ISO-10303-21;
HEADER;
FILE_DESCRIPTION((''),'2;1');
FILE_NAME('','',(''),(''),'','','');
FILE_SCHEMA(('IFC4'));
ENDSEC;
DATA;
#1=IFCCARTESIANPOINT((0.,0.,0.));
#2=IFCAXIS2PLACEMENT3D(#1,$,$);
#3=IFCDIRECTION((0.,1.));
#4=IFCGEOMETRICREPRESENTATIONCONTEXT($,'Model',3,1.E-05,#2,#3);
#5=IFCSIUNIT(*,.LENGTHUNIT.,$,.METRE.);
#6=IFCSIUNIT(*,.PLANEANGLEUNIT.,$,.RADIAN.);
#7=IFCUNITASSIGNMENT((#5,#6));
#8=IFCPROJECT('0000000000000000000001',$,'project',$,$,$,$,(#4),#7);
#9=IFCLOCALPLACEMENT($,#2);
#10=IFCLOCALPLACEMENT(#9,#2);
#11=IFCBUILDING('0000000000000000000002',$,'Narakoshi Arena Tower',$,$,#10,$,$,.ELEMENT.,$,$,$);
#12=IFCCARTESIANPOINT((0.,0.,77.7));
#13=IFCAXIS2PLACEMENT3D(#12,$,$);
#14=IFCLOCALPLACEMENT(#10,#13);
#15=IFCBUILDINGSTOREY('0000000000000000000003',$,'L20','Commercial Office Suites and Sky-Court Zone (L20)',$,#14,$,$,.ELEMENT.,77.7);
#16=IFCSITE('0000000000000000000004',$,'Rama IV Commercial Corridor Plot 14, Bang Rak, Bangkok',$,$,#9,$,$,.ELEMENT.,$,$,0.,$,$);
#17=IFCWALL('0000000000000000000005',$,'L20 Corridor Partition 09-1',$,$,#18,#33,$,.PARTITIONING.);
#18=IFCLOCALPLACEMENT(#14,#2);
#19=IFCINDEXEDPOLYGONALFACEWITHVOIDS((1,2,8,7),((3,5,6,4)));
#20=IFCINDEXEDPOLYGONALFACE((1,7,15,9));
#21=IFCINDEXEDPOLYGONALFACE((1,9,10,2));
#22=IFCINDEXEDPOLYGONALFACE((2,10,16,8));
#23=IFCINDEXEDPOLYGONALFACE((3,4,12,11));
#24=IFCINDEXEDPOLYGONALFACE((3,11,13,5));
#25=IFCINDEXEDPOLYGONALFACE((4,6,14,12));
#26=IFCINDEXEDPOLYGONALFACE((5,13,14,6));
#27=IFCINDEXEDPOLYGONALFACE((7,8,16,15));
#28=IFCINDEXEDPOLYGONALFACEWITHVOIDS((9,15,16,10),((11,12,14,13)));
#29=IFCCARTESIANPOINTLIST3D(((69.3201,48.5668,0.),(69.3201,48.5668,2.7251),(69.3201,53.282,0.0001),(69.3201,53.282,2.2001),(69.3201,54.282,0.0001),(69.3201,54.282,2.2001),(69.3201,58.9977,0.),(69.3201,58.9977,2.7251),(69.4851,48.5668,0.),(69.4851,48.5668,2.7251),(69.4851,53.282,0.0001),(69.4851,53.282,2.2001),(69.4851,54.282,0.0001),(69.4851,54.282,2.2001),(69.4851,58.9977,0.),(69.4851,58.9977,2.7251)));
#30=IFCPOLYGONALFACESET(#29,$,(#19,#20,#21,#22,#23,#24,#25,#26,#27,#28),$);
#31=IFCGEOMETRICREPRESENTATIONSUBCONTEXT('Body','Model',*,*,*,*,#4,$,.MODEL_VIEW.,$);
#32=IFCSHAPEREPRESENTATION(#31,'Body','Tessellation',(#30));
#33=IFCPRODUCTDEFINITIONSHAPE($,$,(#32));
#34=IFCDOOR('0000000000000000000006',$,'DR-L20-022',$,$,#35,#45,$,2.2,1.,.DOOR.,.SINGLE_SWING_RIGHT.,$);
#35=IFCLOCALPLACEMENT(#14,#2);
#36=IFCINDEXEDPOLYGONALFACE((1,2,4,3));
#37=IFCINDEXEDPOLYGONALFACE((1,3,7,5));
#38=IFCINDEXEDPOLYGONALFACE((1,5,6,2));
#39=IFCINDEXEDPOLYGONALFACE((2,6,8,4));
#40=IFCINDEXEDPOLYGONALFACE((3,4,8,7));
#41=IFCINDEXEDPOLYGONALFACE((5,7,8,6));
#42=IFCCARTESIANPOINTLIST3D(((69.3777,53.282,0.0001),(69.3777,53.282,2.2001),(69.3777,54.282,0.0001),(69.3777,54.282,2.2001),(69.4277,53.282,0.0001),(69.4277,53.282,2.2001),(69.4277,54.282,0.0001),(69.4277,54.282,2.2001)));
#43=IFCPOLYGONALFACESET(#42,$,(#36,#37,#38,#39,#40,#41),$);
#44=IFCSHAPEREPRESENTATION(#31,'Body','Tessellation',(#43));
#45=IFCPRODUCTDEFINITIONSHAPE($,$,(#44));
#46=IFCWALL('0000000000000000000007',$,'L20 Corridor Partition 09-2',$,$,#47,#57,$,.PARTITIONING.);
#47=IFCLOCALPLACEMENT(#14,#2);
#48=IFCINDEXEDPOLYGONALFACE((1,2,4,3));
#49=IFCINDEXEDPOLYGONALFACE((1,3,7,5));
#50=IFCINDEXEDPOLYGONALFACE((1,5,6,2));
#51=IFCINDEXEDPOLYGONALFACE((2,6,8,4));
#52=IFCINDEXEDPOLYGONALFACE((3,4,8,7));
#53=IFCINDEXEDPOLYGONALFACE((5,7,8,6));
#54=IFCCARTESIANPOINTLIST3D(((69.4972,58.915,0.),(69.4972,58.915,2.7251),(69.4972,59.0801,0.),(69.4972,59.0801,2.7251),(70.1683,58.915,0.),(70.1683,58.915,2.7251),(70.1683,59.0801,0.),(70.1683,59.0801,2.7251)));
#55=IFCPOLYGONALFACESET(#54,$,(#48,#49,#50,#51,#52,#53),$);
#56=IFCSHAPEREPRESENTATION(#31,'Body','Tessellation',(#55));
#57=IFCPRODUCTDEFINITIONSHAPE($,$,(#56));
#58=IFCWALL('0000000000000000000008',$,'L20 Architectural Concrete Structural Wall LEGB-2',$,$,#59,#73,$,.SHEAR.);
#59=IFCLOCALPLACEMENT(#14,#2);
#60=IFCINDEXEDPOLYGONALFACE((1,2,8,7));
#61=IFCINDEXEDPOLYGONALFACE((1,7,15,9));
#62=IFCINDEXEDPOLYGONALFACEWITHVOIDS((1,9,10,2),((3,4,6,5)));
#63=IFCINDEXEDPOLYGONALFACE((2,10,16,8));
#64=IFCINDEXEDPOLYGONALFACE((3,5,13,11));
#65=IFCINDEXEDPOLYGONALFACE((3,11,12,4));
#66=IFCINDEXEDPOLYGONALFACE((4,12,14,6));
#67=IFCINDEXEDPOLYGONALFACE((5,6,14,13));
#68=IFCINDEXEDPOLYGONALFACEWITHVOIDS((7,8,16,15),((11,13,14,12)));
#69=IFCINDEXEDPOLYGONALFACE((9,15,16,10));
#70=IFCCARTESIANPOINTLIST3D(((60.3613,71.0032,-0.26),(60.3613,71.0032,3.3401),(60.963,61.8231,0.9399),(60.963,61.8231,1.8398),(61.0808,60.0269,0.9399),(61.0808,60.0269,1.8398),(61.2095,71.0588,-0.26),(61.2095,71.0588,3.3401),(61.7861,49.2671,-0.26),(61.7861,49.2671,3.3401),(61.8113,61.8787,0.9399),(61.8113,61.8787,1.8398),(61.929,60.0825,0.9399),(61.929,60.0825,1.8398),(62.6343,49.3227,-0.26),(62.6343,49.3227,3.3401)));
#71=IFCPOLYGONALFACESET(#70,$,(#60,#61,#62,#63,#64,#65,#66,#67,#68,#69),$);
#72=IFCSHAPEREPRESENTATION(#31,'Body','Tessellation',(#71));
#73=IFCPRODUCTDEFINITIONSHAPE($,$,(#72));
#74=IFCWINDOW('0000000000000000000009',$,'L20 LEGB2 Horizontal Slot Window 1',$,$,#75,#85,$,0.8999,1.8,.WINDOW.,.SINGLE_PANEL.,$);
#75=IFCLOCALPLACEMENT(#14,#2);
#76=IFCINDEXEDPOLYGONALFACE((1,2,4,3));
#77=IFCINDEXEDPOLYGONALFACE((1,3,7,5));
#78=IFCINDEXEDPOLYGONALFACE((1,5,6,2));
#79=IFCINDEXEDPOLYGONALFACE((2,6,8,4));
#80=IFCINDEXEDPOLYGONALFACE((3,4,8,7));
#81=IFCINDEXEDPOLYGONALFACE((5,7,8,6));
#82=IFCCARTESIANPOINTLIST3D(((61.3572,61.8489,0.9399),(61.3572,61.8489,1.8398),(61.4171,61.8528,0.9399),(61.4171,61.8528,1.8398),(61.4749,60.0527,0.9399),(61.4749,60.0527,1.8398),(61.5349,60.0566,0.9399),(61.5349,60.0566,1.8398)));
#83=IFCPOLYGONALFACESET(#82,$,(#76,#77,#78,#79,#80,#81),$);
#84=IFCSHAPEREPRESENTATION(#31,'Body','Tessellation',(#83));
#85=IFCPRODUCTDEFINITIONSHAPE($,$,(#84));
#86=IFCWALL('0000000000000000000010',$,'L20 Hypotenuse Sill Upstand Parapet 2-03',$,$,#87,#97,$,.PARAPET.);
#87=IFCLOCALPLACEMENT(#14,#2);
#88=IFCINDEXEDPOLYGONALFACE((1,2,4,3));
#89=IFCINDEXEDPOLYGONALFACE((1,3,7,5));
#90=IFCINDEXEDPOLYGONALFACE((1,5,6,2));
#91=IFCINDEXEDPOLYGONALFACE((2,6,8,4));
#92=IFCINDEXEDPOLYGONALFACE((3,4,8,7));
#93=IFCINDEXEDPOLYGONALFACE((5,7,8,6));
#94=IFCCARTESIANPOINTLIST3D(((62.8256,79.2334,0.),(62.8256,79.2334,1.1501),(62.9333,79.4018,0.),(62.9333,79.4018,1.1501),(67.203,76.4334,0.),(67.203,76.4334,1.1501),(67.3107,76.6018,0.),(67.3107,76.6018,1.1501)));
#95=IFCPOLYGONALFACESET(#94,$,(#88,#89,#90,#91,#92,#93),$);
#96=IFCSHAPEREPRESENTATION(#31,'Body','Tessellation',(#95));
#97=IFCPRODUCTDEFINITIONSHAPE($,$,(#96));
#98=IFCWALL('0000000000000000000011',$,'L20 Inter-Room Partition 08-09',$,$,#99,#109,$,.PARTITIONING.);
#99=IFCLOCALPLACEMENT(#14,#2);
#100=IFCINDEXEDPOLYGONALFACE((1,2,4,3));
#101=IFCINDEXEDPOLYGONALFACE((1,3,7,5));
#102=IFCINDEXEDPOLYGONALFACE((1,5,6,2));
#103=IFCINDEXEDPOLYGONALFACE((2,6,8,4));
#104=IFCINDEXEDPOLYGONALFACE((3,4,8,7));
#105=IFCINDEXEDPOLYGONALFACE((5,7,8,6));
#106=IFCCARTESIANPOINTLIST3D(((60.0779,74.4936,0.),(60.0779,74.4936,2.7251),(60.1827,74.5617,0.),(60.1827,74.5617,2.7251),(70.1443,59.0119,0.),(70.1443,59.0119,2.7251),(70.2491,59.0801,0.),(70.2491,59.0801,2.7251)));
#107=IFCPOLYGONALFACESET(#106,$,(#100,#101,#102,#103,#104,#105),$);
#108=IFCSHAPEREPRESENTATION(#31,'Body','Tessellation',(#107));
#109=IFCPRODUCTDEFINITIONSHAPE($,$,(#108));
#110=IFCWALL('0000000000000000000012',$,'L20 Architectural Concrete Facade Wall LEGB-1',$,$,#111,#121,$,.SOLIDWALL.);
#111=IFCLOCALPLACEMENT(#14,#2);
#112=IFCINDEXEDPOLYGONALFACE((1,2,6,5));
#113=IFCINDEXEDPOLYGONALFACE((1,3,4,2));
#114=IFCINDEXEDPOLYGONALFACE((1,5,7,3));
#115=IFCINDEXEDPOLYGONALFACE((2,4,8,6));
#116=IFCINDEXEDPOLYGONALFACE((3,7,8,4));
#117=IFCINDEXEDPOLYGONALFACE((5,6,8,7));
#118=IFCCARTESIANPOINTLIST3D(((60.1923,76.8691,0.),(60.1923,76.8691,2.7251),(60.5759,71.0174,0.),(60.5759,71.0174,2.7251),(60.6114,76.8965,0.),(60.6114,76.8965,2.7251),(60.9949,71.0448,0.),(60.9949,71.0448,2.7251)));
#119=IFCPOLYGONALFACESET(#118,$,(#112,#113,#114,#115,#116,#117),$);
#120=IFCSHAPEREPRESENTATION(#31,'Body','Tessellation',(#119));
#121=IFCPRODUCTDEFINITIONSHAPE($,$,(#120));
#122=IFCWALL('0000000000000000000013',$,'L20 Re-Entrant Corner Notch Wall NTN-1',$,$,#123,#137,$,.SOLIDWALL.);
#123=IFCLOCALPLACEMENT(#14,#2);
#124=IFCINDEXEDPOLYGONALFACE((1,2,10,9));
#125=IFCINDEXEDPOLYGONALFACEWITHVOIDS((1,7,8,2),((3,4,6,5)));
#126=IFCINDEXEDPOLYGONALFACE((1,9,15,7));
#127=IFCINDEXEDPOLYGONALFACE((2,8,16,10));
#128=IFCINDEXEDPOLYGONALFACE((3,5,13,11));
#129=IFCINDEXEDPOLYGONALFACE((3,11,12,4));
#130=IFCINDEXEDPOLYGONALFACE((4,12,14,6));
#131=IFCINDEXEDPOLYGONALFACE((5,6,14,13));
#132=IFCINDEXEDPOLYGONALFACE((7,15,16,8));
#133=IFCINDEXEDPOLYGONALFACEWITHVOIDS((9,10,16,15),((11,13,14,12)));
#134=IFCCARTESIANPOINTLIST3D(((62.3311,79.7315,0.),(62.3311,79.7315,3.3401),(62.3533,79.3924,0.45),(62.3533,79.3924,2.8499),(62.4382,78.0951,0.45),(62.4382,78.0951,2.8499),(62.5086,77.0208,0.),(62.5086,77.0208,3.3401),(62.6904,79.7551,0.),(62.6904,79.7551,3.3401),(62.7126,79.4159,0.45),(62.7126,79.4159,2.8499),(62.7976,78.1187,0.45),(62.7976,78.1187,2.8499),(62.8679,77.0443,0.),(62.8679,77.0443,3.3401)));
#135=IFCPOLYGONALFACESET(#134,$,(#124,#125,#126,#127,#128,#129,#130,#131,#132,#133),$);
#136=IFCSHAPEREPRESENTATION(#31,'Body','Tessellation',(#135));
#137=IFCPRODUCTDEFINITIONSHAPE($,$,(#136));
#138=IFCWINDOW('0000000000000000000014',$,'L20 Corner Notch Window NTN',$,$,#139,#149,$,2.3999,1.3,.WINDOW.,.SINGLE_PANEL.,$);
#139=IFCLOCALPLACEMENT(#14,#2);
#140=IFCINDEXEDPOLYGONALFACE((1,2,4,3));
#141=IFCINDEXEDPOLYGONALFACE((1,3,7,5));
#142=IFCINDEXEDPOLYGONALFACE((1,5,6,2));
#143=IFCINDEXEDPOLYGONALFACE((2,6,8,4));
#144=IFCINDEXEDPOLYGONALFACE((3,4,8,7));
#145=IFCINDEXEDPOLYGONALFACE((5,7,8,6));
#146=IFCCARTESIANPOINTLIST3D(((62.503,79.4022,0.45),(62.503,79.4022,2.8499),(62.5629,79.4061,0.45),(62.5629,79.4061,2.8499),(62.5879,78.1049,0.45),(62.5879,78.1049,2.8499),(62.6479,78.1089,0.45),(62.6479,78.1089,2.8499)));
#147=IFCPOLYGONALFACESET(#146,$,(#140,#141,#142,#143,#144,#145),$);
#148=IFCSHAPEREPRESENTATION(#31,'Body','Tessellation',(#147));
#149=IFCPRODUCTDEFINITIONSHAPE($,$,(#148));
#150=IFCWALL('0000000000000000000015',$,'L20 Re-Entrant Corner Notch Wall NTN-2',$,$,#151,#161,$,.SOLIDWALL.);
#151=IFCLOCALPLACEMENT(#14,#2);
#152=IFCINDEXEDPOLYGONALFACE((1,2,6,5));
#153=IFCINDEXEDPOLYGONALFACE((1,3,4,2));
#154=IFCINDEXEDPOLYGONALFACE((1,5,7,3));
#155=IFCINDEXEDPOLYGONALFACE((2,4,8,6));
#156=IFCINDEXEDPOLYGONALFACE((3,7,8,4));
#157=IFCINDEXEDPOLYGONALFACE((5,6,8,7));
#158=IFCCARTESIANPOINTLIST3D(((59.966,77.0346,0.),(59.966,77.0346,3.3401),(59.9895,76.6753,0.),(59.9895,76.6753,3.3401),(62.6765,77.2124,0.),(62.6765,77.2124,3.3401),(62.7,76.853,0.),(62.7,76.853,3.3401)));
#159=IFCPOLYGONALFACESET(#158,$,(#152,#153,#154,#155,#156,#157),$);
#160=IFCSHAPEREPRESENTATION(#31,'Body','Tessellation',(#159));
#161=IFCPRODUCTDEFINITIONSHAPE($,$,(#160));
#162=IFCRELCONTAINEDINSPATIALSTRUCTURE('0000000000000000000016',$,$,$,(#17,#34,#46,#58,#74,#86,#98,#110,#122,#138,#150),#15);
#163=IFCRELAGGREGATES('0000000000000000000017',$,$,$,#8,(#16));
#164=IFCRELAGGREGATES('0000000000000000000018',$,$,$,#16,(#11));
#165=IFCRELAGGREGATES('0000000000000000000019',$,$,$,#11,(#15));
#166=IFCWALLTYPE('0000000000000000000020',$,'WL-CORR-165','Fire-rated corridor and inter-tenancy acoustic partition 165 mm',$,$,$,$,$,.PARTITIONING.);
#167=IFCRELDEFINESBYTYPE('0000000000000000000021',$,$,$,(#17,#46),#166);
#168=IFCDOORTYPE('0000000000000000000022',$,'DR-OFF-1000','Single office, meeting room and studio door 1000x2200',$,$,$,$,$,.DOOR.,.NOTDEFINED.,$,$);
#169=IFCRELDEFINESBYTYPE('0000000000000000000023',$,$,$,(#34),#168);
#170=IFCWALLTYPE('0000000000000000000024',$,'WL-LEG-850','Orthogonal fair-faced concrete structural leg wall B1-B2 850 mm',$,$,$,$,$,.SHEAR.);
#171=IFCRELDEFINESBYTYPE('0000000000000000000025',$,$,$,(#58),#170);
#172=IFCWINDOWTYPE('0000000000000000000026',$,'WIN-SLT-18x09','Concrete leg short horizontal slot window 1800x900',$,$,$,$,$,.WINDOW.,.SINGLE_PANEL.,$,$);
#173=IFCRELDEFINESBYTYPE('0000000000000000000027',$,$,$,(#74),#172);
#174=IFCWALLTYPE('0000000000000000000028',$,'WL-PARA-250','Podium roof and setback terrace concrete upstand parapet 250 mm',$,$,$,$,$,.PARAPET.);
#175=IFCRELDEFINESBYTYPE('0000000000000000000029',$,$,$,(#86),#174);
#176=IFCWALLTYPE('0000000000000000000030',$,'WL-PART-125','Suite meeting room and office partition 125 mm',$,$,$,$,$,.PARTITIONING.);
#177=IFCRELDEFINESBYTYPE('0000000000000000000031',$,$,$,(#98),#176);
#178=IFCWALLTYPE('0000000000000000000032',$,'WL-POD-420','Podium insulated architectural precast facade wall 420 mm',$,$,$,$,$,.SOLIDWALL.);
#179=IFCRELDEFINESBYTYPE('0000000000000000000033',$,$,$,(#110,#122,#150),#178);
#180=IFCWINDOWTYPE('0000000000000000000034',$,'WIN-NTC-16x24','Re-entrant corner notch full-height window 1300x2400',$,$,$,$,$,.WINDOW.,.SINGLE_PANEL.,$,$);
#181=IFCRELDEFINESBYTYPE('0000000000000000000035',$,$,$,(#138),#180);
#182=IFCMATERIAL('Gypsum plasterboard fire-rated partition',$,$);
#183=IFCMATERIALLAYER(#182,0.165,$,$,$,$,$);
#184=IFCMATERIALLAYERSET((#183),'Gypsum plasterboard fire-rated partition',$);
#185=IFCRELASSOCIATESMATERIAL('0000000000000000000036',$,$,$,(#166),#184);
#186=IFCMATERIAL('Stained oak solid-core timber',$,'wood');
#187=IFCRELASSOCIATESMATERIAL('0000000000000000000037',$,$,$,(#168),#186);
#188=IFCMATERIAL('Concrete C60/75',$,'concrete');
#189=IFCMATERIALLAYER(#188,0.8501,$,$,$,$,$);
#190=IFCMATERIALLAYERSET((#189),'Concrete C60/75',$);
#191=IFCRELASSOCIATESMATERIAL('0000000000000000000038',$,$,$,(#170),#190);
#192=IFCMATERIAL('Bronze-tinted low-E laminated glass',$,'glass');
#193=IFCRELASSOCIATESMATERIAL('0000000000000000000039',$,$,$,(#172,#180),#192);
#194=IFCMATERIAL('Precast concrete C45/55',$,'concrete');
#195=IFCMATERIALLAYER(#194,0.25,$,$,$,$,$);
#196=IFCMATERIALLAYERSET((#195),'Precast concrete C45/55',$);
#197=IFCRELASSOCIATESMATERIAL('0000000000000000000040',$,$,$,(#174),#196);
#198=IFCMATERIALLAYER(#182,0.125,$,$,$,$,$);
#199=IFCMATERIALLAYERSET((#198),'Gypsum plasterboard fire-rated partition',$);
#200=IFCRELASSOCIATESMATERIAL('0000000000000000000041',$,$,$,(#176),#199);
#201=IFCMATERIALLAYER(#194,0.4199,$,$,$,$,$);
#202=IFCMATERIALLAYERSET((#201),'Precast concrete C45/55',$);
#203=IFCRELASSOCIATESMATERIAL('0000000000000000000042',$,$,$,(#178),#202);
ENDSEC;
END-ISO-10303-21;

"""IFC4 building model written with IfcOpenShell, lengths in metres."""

from ifc_helpers import new_model, si_unit, direction, frame, frame_2d, origin, place, context, subcontext, project, spatial, rectangle, extrude, material, layer, layer_set, type_object, element, fill, save


model = new_model("IFC4")

# Units and contexts
model_context = context("Model", 3, precision=1e-05, world=origin(), true_north=direction((0.0, 1.0)))
body_context = subcontext(model_context, "Body", "Model", "MODEL_VIEW")
ifc_project = project(units=[si_unit("LENGTHUNIT", "METRE"), si_unit("PLANEANGLEUNIT", "RADIAN")], contexts=[model_context])

# Site, building, storey
site_placement = place(None, origin())
site = spatial("IfcSite", under=ifc_project, at=site_placement, Name="Rama IV Commercial Corridor Plot 14, Bang Rak, Bangkok", CompositionType="ELEMENT", RefElevation=0.0)
building_placement = place(site_placement, origin())
building = spatial("IfcBuilding", under=site, at=building_placement, Name="Narakoshi Arena Tower", CompositionType="ELEMENT")
storey_placement = place(building_placement, frame((0.0, 0.0, 77.7)))
storey = spatial("IfcBuildingStorey", under=building, at=storey_placement, Name="L20", Description="Commercial Office Suites and Sky-Court Zone (L20)", CompositionType="ELEMENT", Elevation=77.7)

# Shared definitions
ifc_material_1 = material(Name="Concrete C60/75", Category="concrete")

# Shared definitions
ifc_material_2 = material(Name="Bronze-tinted low-E laminated glass", Category="glass")

# Wall, opening, door
ifc_material_3 = material(Name="Gypsum plasterboard fire-rated partition")
ifc_layer_1 = layer(ifc_material_3, 0.165)
ifc_layer_set_1 = layer_set([ifc_layer_1], Name="Gypsum plasterboard fire-rated partition")
wall_type_1 = type_object("IfcWallType", Name="WL-CORR-165", Description="Fire-rated corridor and inter-tenancy acoustic partition 165 mm", PredefinedType="PARTITIONING", material=ifc_layer_set_1)
wall_1_placement = place(storey_placement, frame((69.4026, 58.9976, 0.0), z_axis=(0.0, 0.0, 1.0), x_axis=(0.0, -1.0, 0.0)))
wall_1 = element("IfcWall", 1, at=wall_1_placement, inside=storey, type_object=wall_type_1, Name="L20 Corridor Partition 09-1", PredefinedType="PARTITIONING", context=body_context, shape_type="SweptSolid", body=[
    extrude(rectangle(XDim=10.4309, YDim=0.165, at=frame_2d((5.2153, 0.0))), origin(), (0.0, 0.0, 1.0), 2.7251),
])
opening_1_placement = place(wall_1_placement, frame((4.7156, 0.0, 0.0)))
opening_1 = element("IfcOpeningElement", 2, at=opening_1_placement, cuts=wall_1, PredefinedType="OPENING", context=body_context, shape_type="SweptSolid", body=[
    extrude(rectangle(XDim=1.0, YDim=2.2, at=frame_2d((0.5, 1.1001))), frame((0.0, 0.0925, 0.0), z_axis=(0.0, -1.0, 0.0), x_axis=(1.0, 0.0, 0.0)), (0.0, 0.0, 1.0), 0.1851),
])
ifc_material_4 = material(Name="Stained oak solid-core timber", Category="wood")
door_type = type_object("IfcDoorType", Name="DR-OFF-1000", Description="Single office, meeting room and studio door 1000x2200", OperationType="NOTDEFINED", PredefinedType="DOOR", material=ifc_material_4)
door_placement = place(opening_1_placement, frame((1.0, 0.0, 0.0), z_axis=(0.0, 0.0, 1.0), x_axis=(-1.0, 0.0, 0.0)))
door = element("IfcDoor", 3, at=door_placement, inside=storey, type_object=door_type, Name="DR-L20-022", OperationType="SINGLE_SWING_RIGHT", OverallHeight=2.2, OverallWidth=1.0, PredefinedType="DOOR", context=body_context, shape_type="SweptSolid", body=[
    extrude(rectangle(XDim=1.0, YDim=2.2, at=frame_2d((0.5, 1.1001))), frame((0.0, 0.0249, 0.0), z_axis=(0.0, -1.0, 0.0), x_axis=(1.0, 0.0, 0.0)), (0.0, 0.0, 1.0), 0.05),
])
fill(opening_1, door)

# Wall
wall_2_placement = place(storey_placement, frame((70.1682, 58.9976, 0.0), z_axis=(0.0, 0.0, 1.0), x_axis=(-1.0, 0.0, 0.0)))
element("IfcWall", 4, at=wall_2_placement, inside=storey, type_object=wall_type_1, Name="L20 Corridor Partition 09-2", PredefinedType="PARTITIONING", context=body_context, shape_type="SweptSolid", body=[
    extrude(rectangle(XDim=0.6711, YDim=0.165, at=frame_2d((0.3354, 0.0))), origin(), (0.0, 0.0, 1.0), 2.7251),
])

# Wall, opening, window
ifc_layer_2 = layer(ifc_material_1, 0.8501)
ifc_layer_set_2 = layer_set([ifc_layer_2], Name="Concrete C60/75")
wall_type_2 = type_object("IfcWallType", Name="WL-LEG-850", Description="Orthogonal fair-faced concrete structural leg wall B1-B2 850 mm", PredefinedType="SHEAR", material=ifc_layer_set_2)
wall_3_placement = place(storey_placement, frame((60.7854, 71.031, -0.26), z_axis=(0.0, 0.0, 1.0), x_axis=(0.06541, -0.997858, 0.0)))
wall_3 = element("IfcWall", 5, at=wall_3_placement, inside=storey, type_object=wall_type_2, Name="L20 Architectural Concrete Structural Wall LEGB-2", PredefinedType="SHEAR", context=body_context, shape_type="SweptSolid", body=[
    extrude(rectangle(XDim=21.7827, YDim=0.8501, at=frame_2d((10.8914, 0.0))), origin(), (0.0, 0.0, 1.0), 3.6001),
])
opening_2_placement = place(wall_3_placement, frame((9.2, 0.0, 1.2)))
opening_2 = element("IfcOpeningElement", 6, at=opening_2_placement, cuts=wall_3, PredefinedType="OPENING", context=body_context, shape_type="SweptSolid", body=[
    extrude(rectangle(XDim=1.8, YDim=0.8999, at=frame_2d((0.8999, 0.45))), frame((0.0, 0.4351, 0.0), z_axis=(0.0, -1.0, 0.0), x_axis=(1.0, 0.0, 0.0)), (0.0, 0.0, 1.0), 0.8701),
])
window_type_1 = type_object("IfcWindowType", Name="WIN-SLT-18x09", Description="Concrete leg short horizontal slot window 1800x900", PartitioningType="SINGLE_PANEL", PredefinedType="WINDOW", material=ifc_material_2)
window_1_placement = place(opening_2_placement, origin())
window_1 = element("IfcWindow", 7, at=window_1_placement, inside=storey, type_object=window_type_1, Name="L20 LEGB2 Horizontal Slot Window 1", OverallHeight=0.8999, OverallWidth=1.8, PartitioningType="SINGLE_PANEL", PredefinedType="WINDOW", context=body_context, shape_type="SweptSolid", body=[
    extrude(rectangle(XDim=1.8, YDim=0.8999, at=frame_2d((0.8999, 0.45))), frame((0.0, 0.03, 0.0), z_axis=(0.0, -1.0, 0.0), x_axis=(1.0, 0.0, 0.0)), (0.0, 0.0, 1.0), 0.0601),
])
fill(opening_2, window_1)

# Walls
ifc_material_5 = material(Name="Precast concrete C45/55", Category="concrete")
ifc_layer_3 = layer(ifc_material_5, 0.25)
ifc_layer_set_3 = layer_set([ifc_layer_3], Name="Precast concrete C45/55")
wall_type_3 = type_object("IfcWallType", Name="WL-PARA-250", Description="Podium roof and setback terrace concrete upstand parapet 250 mm", PredefinedType="PARAPET", material=ifc_layer_set_3)
wall_4_placement = place(storey_placement, frame((67.2568, 76.5176, 0.0), z_axis=(0.0, 0.0, 1.0), x_axis=(-0.842404, 0.538847, 0.0)))
element("IfcWall", 8, at=wall_4_placement, inside=storey, type_object=wall_type_3, Name="L20 Hypotenuse Sill Upstand Parapet 2-03", PredefinedType="PARAPET", context=body_context, shape_type="SweptSolid", body=[
    extrude(rectangle(XDim=5.1963, YDim=0.2, at=frame_2d((2.5981, 0.0))), origin(), (0.0, 0.0, 1.0), 1.1501),
])
ifc_layer_4 = layer(ifc_material_3, 0.125)
ifc_layer_set_4 = layer_set([ifc_layer_4], Name="Gypsum plasterboard fire-rated partition")
wall_type_4 = type_object("IfcWallType", Name="WL-PART-125", Description="Suite meeting room and office partition 125 mm", PredefinedType="PARTITIONING", material=ifc_layer_set_4)
wall_5_placement = place(storey_placement, frame((70.1968, 59.0459, 0.0), z_axis=(0.0, 0.0, 1.0), x_axis=(-0.545114, 0.838362, 0.0)))
element("IfcWall", 9, at=wall_5_placement, inside=storey, type_object=wall_type_4, Name="L20 Inter-Room Partition 08-09", PredefinedType="PARTITIONING", context=body_context, shape_type="SweptSolid", body=[
    extrude(rectangle(XDim=18.4666, YDim=0.125, at=frame_2d((9.2334, 0.0))), origin(), (0.0, 0.0, 1.0), 2.7251),
])
ifc_layer_5 = layer(ifc_material_5, 0.4199)
ifc_layer_set_5 = layer_set([ifc_layer_5], Name="Precast concrete C45/55")
wall_type_5 = type_object("IfcWallType", Name="WL-POD-420", Description="Podium insulated architectural precast facade wall 420 mm", PredefinedType="SOLIDWALL", material=ifc_layer_set_5)
wall_6_placement = place(storey_placement, frame((60.4019, 76.8828, 0.0), z_axis=(0.0, 0.0, 1.0), x_axis=(0.065403, -0.997859, 0.0)))
element("IfcWall", 10, at=wall_6_placement, inside=storey, type_object=wall_type_5, Name="L20 Architectural Concrete Facade Wall LEGB-1", PredefinedType="SOLIDWALL", context=body_context, shape_type="SweptSolid", body=[
    extrude(rectangle(XDim=5.8643, YDim=0.4199, at=frame_2d((2.9321, 0.0))), origin(), (0.0, 0.0, 1.0), 2.7251),
])

# Wall, opening, window
wall_7_placement = place(storey_placement, frame((62.5107, 79.7434, 0.0), z_axis=(0.0, 0.0, 1.0), x_axis=(0.065338, -0.997863, 0.0)))
wall_7 = element("IfcWall", 11, at=wall_7_placement, inside=storey, type_object=wall_type_5, Name="L20 Re-Entrant Corner Notch Wall NTN-1", PredefinedType="SOLIDWALL", context=body_context, shape_type="SweptSolid", body=[
    extrude(rectangle(XDim=2.7166, YDim=0.3601, at=frame_2d((1.3584, 0.0))), origin(), (0.0, 0.0, 1.0), 3.3401),
])
opening_3_placement = place(wall_7_placement, frame((0.3401, 0.0, 0.45)))
opening_3 = element("IfcOpeningElement", 12, at=opening_3_placement, cuts=wall_7, PredefinedType="OPENING", context=body_context, shape_type="SweptSolid", body=[
    extrude(rectangle(XDim=1.3, YDim=2.3999, at=frame_2d((0.6499, 1.2))), frame((0.0, 0.1899, 0.0), z_axis=(0.0, -1.0, 0.0), x_axis=(1.0, 0.0, 0.0)), (0.0, 0.0, 1.0), 0.3801),
])
window_type_2 = type_object("IfcWindowType", Name="WIN-NTC-16x24", Description="Re-entrant corner notch full-height window 1300x2400", PartitioningType="SINGLE_PANEL", PredefinedType="WINDOW", material=ifc_material_2)
window_2_placement = place(opening_3_placement, origin())
window_2 = element("IfcWindow", 13, at=window_2_placement, inside=storey, type_object=window_type_2, Name="L20 Corner Notch Window NTN", OverallHeight=2.3999, OverallWidth=1.3, PartitioningType="SINGLE_PANEL", PredefinedType="WINDOW", context=body_context, shape_type="SweptSolid", body=[
    extrude(rectangle(XDim=1.3, YDim=2.3999, at=frame_2d((0.6499, 1.2))), frame((0.0, 0.03, 0.0), z_axis=(0.0, -1.0, 0.0), x_axis=(1.0, 0.0, 0.0)), (0.0, 0.0, 1.0), 0.0601),
])
fill(opening_3, window_2)

# Wall
wall_8_placement = place(storey_placement, frame((62.6882, 77.0327, 0.0), z_axis=(0.0, 0.0, 1.0), x_axis=(-0.997857, -0.065433, 0.0)))
element("IfcWall", 14, at=wall_8_placement, inside=storey, type_object=wall_type_5, Name="L20 Re-Entrant Corner Notch Wall NTN-2", PredefinedType="SOLIDWALL", context=body_context, shape_type="SweptSolid", body=[
    extrude(rectangle(XDim=2.7163, YDim=0.3601, at=frame_2d((1.3582, 0.0))), origin(), (0.0, 0.0, 1.0), 3.3401),
])

save(model, "model.ifc")
